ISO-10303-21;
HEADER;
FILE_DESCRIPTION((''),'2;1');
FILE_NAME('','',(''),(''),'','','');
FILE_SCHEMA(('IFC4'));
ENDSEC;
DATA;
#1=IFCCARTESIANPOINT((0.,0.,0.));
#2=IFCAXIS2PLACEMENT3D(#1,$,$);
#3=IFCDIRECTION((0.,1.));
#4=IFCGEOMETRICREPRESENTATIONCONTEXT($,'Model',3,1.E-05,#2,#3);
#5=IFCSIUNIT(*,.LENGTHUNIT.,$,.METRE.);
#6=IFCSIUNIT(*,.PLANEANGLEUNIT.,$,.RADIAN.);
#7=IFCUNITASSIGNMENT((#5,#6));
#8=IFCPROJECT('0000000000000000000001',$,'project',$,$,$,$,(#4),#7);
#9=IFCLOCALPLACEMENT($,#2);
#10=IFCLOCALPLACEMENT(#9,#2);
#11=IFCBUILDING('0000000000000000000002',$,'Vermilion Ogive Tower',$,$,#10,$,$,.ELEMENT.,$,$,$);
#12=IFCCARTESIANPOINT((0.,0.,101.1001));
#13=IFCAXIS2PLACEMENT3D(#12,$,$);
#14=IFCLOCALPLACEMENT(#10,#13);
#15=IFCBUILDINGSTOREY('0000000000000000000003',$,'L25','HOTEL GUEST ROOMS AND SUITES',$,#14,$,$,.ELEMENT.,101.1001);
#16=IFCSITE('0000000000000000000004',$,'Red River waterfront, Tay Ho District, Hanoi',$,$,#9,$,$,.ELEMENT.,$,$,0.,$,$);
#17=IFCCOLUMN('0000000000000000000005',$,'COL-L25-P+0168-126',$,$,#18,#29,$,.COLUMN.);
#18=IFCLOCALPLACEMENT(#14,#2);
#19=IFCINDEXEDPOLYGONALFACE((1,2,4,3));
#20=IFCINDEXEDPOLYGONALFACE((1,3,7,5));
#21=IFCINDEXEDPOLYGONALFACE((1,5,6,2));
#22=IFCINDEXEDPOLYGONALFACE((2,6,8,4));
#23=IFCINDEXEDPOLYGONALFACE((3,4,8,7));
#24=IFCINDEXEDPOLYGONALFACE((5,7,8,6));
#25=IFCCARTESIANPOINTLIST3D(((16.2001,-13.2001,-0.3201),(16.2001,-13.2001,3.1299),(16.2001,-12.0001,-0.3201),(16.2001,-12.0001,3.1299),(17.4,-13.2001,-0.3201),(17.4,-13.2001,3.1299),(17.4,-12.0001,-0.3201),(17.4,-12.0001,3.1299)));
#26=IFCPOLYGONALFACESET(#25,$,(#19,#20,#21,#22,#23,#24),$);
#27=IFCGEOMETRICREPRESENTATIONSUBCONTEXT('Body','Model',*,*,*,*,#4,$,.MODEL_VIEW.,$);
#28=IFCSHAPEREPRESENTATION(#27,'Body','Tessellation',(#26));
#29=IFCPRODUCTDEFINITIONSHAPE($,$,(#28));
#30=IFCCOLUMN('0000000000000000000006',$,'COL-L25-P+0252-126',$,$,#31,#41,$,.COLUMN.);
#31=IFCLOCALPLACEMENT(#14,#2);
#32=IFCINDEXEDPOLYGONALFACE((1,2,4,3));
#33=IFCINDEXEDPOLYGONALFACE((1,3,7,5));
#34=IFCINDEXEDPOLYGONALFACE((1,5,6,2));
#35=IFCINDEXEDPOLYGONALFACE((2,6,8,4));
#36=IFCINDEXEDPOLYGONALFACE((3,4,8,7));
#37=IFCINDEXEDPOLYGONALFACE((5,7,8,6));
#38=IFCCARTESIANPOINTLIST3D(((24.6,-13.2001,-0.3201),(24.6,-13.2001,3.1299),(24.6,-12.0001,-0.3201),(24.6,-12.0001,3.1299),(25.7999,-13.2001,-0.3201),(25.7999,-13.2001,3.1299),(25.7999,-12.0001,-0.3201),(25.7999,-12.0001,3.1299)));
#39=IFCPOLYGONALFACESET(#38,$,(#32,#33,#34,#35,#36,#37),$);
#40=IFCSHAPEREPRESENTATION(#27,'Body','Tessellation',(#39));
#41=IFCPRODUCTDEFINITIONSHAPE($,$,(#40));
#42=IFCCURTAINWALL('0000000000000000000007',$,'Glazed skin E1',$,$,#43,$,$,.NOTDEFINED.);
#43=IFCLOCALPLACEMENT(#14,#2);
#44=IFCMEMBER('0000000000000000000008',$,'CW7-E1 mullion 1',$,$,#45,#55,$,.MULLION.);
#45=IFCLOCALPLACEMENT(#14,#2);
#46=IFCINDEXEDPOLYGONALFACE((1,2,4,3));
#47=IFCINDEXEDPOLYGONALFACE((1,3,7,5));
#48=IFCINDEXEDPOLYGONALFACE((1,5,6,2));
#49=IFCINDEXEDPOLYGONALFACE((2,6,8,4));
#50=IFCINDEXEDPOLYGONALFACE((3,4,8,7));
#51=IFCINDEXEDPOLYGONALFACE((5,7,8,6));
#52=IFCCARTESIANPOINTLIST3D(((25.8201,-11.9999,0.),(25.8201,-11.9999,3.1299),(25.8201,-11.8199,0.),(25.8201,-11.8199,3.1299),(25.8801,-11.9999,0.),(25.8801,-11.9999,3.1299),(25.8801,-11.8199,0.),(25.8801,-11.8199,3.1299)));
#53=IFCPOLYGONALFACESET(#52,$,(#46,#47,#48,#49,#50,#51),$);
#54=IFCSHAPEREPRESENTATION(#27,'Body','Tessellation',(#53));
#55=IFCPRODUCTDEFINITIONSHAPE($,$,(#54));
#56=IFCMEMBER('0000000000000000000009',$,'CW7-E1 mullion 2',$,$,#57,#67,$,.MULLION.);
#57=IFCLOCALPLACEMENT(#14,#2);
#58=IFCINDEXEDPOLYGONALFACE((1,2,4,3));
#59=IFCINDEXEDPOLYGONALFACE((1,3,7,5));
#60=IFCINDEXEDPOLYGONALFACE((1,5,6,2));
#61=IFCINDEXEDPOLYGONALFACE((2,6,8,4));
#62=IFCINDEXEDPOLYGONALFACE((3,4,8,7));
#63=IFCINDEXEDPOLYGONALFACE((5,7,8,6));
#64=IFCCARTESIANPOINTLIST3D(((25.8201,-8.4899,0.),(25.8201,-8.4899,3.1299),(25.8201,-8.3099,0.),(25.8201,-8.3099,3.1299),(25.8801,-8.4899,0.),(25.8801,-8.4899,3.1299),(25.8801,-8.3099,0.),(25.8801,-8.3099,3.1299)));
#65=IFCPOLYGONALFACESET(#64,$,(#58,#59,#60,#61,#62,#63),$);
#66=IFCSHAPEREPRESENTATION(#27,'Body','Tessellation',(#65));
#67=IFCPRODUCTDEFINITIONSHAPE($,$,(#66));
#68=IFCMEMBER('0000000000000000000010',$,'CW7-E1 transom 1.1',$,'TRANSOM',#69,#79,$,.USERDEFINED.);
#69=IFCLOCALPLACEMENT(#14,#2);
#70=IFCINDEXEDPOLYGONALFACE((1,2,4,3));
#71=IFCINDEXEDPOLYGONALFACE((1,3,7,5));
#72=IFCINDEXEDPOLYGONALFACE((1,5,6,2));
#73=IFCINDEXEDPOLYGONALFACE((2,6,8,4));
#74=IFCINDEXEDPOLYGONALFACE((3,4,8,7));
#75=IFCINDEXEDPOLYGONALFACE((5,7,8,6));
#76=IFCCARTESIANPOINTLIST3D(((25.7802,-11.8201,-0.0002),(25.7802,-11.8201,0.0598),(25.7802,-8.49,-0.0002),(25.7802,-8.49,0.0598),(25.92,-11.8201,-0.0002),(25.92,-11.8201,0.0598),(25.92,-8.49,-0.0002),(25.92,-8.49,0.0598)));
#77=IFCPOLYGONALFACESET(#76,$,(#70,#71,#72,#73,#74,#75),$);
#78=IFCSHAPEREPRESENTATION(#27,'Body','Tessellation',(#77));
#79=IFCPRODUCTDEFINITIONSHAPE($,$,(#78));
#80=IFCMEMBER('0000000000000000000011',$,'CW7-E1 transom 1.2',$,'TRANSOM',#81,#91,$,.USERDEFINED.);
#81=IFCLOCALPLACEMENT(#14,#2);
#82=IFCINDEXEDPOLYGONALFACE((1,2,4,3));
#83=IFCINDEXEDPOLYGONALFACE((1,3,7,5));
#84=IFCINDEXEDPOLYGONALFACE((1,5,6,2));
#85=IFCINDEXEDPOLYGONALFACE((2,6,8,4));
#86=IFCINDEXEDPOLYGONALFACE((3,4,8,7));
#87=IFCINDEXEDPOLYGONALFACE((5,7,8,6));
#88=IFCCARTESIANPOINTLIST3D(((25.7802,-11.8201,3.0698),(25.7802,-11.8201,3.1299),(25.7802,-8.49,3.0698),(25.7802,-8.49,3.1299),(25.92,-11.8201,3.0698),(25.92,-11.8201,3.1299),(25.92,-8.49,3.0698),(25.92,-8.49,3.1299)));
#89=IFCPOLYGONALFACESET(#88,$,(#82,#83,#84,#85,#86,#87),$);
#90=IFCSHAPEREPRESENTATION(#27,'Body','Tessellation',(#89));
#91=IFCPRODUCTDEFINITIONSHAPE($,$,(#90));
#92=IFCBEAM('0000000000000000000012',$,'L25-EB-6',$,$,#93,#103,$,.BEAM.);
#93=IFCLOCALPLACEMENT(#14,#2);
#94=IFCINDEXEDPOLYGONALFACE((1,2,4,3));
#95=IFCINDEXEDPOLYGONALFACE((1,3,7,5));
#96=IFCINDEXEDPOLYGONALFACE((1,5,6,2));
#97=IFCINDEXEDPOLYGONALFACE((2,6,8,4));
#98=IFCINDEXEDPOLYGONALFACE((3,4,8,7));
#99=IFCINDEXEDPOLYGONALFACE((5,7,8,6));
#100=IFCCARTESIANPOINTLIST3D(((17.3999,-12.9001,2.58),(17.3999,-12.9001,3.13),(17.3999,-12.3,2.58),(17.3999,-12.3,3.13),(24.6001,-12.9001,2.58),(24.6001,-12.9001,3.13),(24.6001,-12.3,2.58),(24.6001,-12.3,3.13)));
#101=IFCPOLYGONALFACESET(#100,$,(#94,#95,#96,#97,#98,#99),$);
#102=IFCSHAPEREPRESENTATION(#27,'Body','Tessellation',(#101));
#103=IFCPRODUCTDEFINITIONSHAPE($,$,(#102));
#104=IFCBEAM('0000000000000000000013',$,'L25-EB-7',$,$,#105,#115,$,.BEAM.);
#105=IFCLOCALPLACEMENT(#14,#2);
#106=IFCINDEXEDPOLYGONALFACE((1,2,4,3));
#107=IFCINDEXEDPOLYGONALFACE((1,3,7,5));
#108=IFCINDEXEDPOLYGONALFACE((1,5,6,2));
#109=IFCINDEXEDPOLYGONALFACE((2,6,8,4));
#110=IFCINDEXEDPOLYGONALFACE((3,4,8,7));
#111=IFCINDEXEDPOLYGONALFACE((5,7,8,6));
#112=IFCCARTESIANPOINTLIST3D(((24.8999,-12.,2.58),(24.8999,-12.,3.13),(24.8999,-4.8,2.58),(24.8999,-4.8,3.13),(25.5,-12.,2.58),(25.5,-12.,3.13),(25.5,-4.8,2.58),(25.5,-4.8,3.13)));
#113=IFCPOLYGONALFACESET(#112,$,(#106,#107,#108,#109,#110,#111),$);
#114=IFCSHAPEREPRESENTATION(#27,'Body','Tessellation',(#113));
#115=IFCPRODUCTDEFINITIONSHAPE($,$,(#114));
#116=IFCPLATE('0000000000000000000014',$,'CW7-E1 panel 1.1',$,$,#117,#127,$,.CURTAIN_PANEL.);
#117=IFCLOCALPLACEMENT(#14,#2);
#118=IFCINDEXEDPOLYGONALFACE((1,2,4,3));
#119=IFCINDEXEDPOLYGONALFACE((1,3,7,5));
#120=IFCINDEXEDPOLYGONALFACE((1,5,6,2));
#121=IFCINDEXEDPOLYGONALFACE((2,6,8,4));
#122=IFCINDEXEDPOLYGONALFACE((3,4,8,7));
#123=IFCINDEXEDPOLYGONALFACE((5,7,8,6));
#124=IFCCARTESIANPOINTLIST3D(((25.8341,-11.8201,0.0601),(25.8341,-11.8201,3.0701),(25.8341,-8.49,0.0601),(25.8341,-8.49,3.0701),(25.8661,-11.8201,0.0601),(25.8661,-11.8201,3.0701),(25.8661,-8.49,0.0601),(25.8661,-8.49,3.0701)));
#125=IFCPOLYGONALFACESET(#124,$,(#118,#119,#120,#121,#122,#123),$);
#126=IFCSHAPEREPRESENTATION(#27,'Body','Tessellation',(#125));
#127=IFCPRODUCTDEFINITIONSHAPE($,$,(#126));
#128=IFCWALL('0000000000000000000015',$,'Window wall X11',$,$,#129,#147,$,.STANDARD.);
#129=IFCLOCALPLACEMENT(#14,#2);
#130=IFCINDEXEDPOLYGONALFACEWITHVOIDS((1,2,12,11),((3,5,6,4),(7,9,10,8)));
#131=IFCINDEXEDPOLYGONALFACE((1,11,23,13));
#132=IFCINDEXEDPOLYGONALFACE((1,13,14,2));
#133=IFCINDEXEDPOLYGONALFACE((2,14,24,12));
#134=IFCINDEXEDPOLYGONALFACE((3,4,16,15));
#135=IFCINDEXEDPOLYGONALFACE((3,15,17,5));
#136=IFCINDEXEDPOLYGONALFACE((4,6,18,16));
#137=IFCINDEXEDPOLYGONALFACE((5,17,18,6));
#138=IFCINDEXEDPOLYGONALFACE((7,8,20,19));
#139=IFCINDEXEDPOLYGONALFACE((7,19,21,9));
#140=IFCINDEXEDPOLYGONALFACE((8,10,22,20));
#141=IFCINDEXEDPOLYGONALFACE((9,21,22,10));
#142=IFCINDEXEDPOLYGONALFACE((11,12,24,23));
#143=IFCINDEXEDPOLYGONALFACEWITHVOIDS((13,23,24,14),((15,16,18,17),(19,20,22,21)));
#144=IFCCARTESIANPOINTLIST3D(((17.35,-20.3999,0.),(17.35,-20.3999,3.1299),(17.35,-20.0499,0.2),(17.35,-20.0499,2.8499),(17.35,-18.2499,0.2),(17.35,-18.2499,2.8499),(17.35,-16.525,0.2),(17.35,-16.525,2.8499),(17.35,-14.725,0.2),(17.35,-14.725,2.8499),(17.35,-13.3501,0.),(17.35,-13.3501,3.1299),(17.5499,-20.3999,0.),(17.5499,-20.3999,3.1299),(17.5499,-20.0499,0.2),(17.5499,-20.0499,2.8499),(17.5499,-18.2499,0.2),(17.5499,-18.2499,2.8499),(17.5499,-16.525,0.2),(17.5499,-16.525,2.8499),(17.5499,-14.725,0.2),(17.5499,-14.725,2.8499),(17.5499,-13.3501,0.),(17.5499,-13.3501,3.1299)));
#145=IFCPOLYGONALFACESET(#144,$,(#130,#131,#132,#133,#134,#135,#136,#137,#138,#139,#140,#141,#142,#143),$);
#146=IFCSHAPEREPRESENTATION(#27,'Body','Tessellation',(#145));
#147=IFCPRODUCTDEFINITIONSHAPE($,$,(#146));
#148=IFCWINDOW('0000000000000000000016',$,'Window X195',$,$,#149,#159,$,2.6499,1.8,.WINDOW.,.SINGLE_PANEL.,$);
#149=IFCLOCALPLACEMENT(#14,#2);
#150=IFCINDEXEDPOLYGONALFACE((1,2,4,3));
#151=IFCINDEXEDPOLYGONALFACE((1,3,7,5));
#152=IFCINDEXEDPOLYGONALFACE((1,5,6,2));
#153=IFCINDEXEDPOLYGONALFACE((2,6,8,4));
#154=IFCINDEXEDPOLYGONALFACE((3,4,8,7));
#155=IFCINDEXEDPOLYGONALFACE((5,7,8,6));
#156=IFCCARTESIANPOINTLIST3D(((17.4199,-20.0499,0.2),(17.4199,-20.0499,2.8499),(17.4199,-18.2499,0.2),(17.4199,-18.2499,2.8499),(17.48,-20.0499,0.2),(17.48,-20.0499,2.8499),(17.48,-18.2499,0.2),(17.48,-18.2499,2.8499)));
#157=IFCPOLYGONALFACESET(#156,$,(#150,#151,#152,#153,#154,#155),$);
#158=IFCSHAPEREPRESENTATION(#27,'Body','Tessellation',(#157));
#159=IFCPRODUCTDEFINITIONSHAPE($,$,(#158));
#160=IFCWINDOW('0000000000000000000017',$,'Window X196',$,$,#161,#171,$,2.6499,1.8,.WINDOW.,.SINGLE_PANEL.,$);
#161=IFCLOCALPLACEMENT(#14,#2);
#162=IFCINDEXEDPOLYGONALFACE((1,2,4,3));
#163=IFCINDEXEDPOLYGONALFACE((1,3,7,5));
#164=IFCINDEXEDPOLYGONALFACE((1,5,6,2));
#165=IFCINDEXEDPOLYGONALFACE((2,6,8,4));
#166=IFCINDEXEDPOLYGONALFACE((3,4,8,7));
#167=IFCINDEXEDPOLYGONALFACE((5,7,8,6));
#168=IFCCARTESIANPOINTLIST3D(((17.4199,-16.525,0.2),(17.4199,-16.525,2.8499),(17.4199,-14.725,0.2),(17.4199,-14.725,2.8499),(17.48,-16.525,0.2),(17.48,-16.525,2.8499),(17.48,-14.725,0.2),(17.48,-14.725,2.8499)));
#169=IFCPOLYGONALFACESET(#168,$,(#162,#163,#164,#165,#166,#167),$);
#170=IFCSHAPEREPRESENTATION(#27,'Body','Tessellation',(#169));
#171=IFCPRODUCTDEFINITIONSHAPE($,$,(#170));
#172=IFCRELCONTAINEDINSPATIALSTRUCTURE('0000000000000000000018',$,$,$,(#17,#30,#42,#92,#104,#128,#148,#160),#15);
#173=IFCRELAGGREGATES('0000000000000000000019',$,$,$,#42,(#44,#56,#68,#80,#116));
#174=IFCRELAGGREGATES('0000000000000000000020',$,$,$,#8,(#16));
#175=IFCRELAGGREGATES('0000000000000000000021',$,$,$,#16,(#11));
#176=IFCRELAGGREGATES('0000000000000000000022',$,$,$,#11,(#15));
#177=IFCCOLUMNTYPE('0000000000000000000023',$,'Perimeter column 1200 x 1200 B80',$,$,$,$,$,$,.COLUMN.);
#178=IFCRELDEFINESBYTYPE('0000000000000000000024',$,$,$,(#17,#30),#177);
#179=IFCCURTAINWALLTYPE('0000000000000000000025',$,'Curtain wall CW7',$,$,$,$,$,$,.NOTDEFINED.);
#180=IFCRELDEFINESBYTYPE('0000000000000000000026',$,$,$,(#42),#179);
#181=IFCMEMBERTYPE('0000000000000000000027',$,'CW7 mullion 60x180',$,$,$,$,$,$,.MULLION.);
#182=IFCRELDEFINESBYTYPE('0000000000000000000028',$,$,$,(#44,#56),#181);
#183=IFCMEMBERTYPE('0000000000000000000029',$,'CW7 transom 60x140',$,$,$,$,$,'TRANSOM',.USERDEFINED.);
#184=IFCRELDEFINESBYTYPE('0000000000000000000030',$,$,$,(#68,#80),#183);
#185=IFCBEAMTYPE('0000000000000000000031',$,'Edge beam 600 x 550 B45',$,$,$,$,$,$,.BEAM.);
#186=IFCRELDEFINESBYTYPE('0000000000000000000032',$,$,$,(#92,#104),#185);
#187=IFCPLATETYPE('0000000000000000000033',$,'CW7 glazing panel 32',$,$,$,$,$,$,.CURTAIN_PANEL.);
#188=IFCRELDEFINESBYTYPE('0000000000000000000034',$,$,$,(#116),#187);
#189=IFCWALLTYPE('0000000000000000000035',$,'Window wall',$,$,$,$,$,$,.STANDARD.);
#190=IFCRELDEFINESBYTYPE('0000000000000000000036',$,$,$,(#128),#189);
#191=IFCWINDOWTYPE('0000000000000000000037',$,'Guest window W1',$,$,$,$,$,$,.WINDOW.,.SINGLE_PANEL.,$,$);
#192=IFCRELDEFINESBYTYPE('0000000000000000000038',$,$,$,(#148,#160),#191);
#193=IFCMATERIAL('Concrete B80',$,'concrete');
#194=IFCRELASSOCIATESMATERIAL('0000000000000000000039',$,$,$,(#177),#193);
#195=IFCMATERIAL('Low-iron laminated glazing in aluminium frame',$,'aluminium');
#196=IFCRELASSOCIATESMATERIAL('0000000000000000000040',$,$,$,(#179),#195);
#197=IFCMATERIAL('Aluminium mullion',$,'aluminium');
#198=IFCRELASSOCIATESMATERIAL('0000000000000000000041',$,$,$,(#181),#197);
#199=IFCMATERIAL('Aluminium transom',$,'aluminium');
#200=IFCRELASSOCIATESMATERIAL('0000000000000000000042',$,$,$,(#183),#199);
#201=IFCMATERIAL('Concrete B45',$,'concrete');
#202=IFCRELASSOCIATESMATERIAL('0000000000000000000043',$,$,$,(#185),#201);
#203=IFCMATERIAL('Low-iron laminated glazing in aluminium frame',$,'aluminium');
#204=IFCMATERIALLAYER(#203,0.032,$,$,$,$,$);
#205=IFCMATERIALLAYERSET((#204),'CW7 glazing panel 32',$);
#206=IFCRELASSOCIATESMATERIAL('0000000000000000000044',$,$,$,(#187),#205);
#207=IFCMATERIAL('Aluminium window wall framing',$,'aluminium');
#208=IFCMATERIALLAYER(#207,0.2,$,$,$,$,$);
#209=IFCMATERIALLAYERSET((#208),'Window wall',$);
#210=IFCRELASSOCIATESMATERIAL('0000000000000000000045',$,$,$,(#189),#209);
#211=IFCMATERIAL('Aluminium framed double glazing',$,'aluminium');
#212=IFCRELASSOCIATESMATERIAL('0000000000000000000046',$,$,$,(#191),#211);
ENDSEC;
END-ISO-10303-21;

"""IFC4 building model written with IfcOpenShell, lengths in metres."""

from ifc_helpers import new_model, si_unit, direction, frame, frame_2d, origin, origin_2d, place, context, subcontext, project, spatial, rectangle, extrude, material, layer, layer_set, material_profile, profile_set, type_object, element, fill, aggregate, save


model = new_model("IFC4")

# Units and contexts
model_context = context("Model", 3, precision=1e-05, world=origin(), true_north=direction((0.0, 1.0)))
body_context = subcontext(model_context, "Body", "Model", "MODEL_VIEW")
ifc_project = project(units=[si_unit("LENGTHUNIT", "METRE"), si_unit("PLANEANGLEUNIT", "RADIAN")], contexts=[model_context])

# Site, building, storey
site_placement = place(None, origin())
site = spatial("IfcSite", under=ifc_project, at=site_placement, Name="Red River waterfront, Tay Ho District, Hanoi", CompositionType="ELEMENT", RefElevation=0.0)
building_placement = place(site_placement, origin())
building = spatial("IfcBuilding", under=site, at=building_placement, Name="Vermilion Ogive Tower", CompositionType="ELEMENT")
storey_placement = place(building_placement, frame((0.0, 0.0, 101.1001)))
storey = spatial("IfcBuildingStorey", under=building, at=storey_placement, Name="L25", Description="HOTEL GUEST ROOMS AND SUITES", CompositionType="ELEMENT", Elevation=101.1001)

# Columns
ifc_material_1 = material(Name="Concrete B80", Category="concrete")
ifc_material_profile_1 = material_profile(ifc_material_1, rectangle(XDim=1.2, YDim=1.2, at=origin_2d()), Name="1200 x 1200")
ifc_profile_set_1 = profile_set([ifc_material_profile_1], Name="Concrete B80")
column_type = type_object("IfcColumnType", Name="Perimeter column 1200 x 1200 B80", PredefinedType="COLUMN", material=ifc_profile_set_1)
for number, where, z_axis, x_axis, name in (
    (1, (16.8, -12.6001, -0.3201), (0.0, 0.0, 1.0), (1.0, 0.0, 0.0), "COL-L25-P+0168-126"),
    (2, (25.2, -12.6001, -0.3201), (0.0, 0.0, 1.0), (1.0, 0.0, 0.0), "COL-L25-P+0252-126"),
):
    element("IfcColumn", number, at=place(storey_placement, frame(where, z_axis=z_axis, x_axis=x_axis)), inside=storey, type_object=column_type, Name=name, PredefinedType="COLUMN", context=body_context, shape_type="SweptSolid", body=[
        extrude(rectangle(XDim=1.2, YDim=1.2, at=origin_2d()), origin(), (0.0, 0.0, 1.0), 3.45),
    ])

# Curtain wall, members
ifc_material_2 = material(Name="Low-iron laminated glazing in aluminium frame", Category="aluminium")
curtain_wall_type = type_object("IfcCurtainWallType", Name="Curtain wall CW7", PredefinedType="NOTDEFINED", material=ifc_material_2)
curtain_wall_placement = place(storey_placement, origin())
curtain_wall = element("IfcCurtainWall", 3, at=curtain_wall_placement, inside=storey, type_object=curtain_wall_type, Name="Glazed skin E1", PredefinedType="NOTDEFINED")
ifc_material_3 = material(Name="Aluminium mullion", Category="aluminium")
ifc_material_profile_2 = material_profile(ifc_material_3, rectangle(XDim=0.0601, YDim=0.1799, at=origin_2d()), Name="AL 60x180")
ifc_profile_set_2 = profile_set([ifc_material_profile_2], Name="Aluminium mullion")
member_type_1 = type_object("IfcMemberType", Name="CW7 mullion 60x180", PredefinedType="MULLION", material=ifc_profile_set_2)
member_1_placement = place(storey_placement, frame((25.8501, -11.9099, 0.0), z_axis=(0.0, 0.0, 1.0), x_axis=(-1.0, 0.0, 0.0)))
member_1 = element("IfcMember", 4, at=member_1_placement, type_object=member_type_1, Name="CW7-E1 mullion 1", PredefinedType="MULLION", context=body_context, shape_type="SweptSolid", body=[
    extrude(rectangle(XDim=0.0601, YDim=0.1799, at=origin_2d()), origin(), (0.0, 0.0, 1.0), 3.1299),
])
member_2_placement = place(storey_placement, frame((25.8501, -8.3999, 0.0), z_axis=(0.0, 0.0, 1.0), x_axis=(-1.0, 0.0, 0.0)))
member_2 = element("IfcMember", 5, at=member_2_placement, type_object=member_type_1, Name="CW7-E1 mullion 2", PredefinedType="MULLION", context=body_context, shape_type="SweptSolid", body=[
    extrude(rectangle(XDim=0.0601, YDim=0.1799, at=origin_2d()), origin(), (0.0, 0.0, 1.0), 3.1299),
])
ifc_material_4 = material(Name="Aluminium transom", Category="aluminium")
ifc_material_profile_3 = material_profile(ifc_material_4, rectangle(XDim=0.1399, YDim=0.0601, at=origin_2d()), Name="AL 60x140")
ifc_profile_set_3 = profile_set([ifc_material_profile_3], Name="Aluminium transom")
member_type_2 = type_object("IfcMemberType", Name="CW7 transom 60x140", ElementType="TRANSOM", PredefinedType="USERDEFINED", material=ifc_profile_set_3)
member_3_placement = place(storey_placement, frame((25.8501, -11.8201, 0.0298), z_axis=(0.0, 1.0, 0.0), x_axis=(-1.0, 0.0, 0.0)))
member_3 = element("IfcMember", 6, at=member_3_placement, type_object=member_type_2, Name="CW7-E1 transom 1.1", ObjectType="TRANSOM", PredefinedType="USERDEFINED", context=body_context, shape_type="SweptSolid", body=[
    extrude(rectangle(XDim=0.1399, YDim=0.0601, at=origin_2d()), origin(), (0.0, 0.0, 1.0), 3.3301),
])
member_4_placement = place(storey_placement, frame((25.8501, -11.8201, 3.0999), z_axis=(0.0, 1.0, 0.0), x_axis=(-1.0, 0.0, 0.0)))
member_4 = element("IfcMember", 7, at=member_4_placement, type_object=member_type_2, Name="CW7-E1 transom 1.2", ObjectType="TRANSOM", PredefinedType="USERDEFINED", context=body_context, shape_type="SweptSolid", body=[
    extrude(rectangle(XDim=0.1399, YDim=0.0601, at=origin_2d()), origin(), (0.0, 0.0, 1.0), 3.3301),
])

# Beams
ifc_material_5 = material(Name="Concrete B45", Category="concrete")
ifc_material_profile_4 = material_profile(ifc_material_5, rectangle(XDim=0.6001, YDim=0.55, at=origin_2d()), Name="600 x 550")
ifc_profile_set_4 = profile_set([ifc_material_profile_4], Name="Concrete B45")
beam_type = type_object("IfcBeamType", Name="Edge beam 600 x 550 B45", PredefinedType="BEAM", material=ifc_profile_set_4)
beam_1_placement = place(storey_placement, frame((17.3999, -12.6001, 2.855), z_axis=(1.0, 0.0, 0.0), x_axis=(0.0, 1.0, 0.0)))
element("IfcBeam", 8, at=beam_1_placement, inside=storey, type_object=beam_type, Name="L25-EB-6", PredefinedType="BEAM", context=body_context, shape_type="SweptSolid", body=[
    extrude(rectangle(XDim=0.6001, YDim=0.55, at=origin_2d()), origin(), (0.0, 0.0, 1.0), 7.2002),
])
beam_2_placement = place(storey_placement, frame((25.2, -12.0, 2.855), z_axis=(0.0, 1.0, 0.0), x_axis=(-1.0, 0.0, 0.0)))
element("IfcBeam", 9, at=beam_2_placement, inside=storey, type_object=beam_type, Name="L25-EB-7", PredefinedType="BEAM", context=body_context, shape_type="SweptSolid", body=[
    extrude(rectangle(XDim=0.6001, YDim=0.55, at=origin_2d()), origin(), (0.0, 0.0, 1.0), 7.2),
])

# Plate
ifc_material_6 = material(Name="Low-iron laminated glazing in aluminium frame", Category="aluminium")
ifc_layer_1 = layer(ifc_material_6, 0.032)
ifc_layer_set_1 = layer_set([ifc_layer_1], Name="CW7 glazing panel 32")
plate_type = type_object("IfcPlateType", Name="CW7 glazing panel 32", PredefinedType="CURTAIN_PANEL", material=ifc_layer_set_1)
plate_placement = place(storey_placement, frame((25.8501, -10.155, 0.0601), z_axis=(0.0, 0.0, 1.0), x_axis=(0.0, 1.0, 0.0)))
plate = element("IfcPlate", 10, at=plate_placement, type_object=plate_type, Name="CW7-E1 panel 1.1", PredefinedType="CURTAIN_PANEL", context=body_context, shape_type="SweptSolid", body=[
    extrude(rectangle(XDim=3.3301, YDim=0.032, at=origin_2d()), origin(), (0.0, 0.0, 1.0), 3.01),
])
aggregate(curtain_wall, [member_1, member_2, member_3, member_4, plate])

# Wall, openings, windows
ifc_material_7 = material(Name="Aluminium window wall framing", Category="aluminium")
ifc_layer_2 = layer(ifc_material_7, 0.2)
ifc_layer_set_2 = layer_set([ifc_layer_2], Name="Window wall")
wall_type = type_object("IfcWallType", Name="Window wall", PredefinedType="STANDARD", material=ifc_layer_set_2)
wall_1_placement = place(storey_placement, frame((17.45, -20.3999, 0.0), z_axis=(0.0, 0.0, 1.0), x_axis=(0.0, 1.0, 0.0)))
wall_1 = element("IfcWall", 11, at=wall_1_placement, inside=storey, type_object=wall_type, Name="Window wall X11", PredefinedType="STANDARD", context=body_context, shape_type="SweptSolid", body=[
    extrude(rectangle(XDim=7.0498, YDim=0.2, at=frame_2d((3.5249, 0.0))), origin(), (0.0, 0.0, 1.0), 3.1299),
])
opening_1_placement = place(wall_1_placement, frame((0.3501, 0.0, 0.2)))
opening_1 = element("IfcOpeningElement", 12, at=opening_1_placement, cuts=wall_1, PredefinedType="OPENING", context=body_context, shape_type="SweptSolid", body=[
    extrude(rectangle(XDim=1.8, YDim=2.6499, at=frame_2d((0.8999, 1.325))), frame((0.0, 0.1099, 0.0), z_axis=(0.0, -1.0, 0.0), x_axis=(1.0, 0.0, 0.0)), (0.0, 0.0, 1.0), 0.22),
])
opening_2_placement = place(wall_1_placement, frame((3.875, 0.0, 0.2)))
opening_2 = element("IfcOpeningElement", 13, at=opening_2_placement, cuts=wall_1, PredefinedType="OPENING", context=body_context, shape_type="SweptSolid", body=[
    extrude(rectangle(XDim=1.8, YDim=2.6499, at=frame_2d((0.8999, 1.325))), frame((0.0, 0.1099, 0.0), z_axis=(0.0, -1.0, 0.0), x_axis=(1.0, 0.0, 0.0)), (0.0, 0.0, 1.0), 0.22),
])
ifc_material_8 = material(Name="Aluminium framed double glazing", Category="aluminium")
window_type = type_object("IfcWindowType", Name="Guest window W1", PartitioningType="SINGLE_PANEL", PredefinedType="WINDOW", material=ifc_material_8)
window_1_placement = place(opening_1_placement, origin())
window_1 = element("IfcWindow", 14, at=window_1_placement, inside=storey, type_object=window_type, Name="Window X195", OverallHeight=2.6499, OverallWidth=1.8, PartitioningType="SINGLE_PANEL", PredefinedType="WINDOW", context=body_context, shape_type="SweptSolid", body=[
    extrude(rectangle(XDim=1.8, YDim=2.6499, at=frame_2d((0.8999, 1.325))), frame((0.0, 0.03, 0.0), z_axis=(0.0, -1.0, 0.0), x_axis=(1.0, 0.0, 0.0)), (0.0, 0.0, 1.0), 0.0601),
])
fill(opening_1, window_1)
window_2_placement = place(opening_2_placement, origin())
window_2 = element("IfcWindow", 15, at=window_2_placement, inside=storey, type_object=window_type, Name="Window X196", OverallHeight=2.6499, OverallWidth=1.8, PartitioningType="SINGLE_PANEL", PredefinedType="WINDOW", context=body_context, shape_type="SweptSolid", body=[
    extrude(rectangle(XDim=1.8, YDim=2.6499, at=frame_2d((0.8999, 1.325))), frame((0.0, 0.03, 0.0), z_axis=(0.0, -1.0, 0.0), x_axis=(1.0, 0.0, 0.0)), (0.0, 0.0, 1.0), 0.0601),
])
fill(opening_2, window_2)

save(model, "model.ifc")
